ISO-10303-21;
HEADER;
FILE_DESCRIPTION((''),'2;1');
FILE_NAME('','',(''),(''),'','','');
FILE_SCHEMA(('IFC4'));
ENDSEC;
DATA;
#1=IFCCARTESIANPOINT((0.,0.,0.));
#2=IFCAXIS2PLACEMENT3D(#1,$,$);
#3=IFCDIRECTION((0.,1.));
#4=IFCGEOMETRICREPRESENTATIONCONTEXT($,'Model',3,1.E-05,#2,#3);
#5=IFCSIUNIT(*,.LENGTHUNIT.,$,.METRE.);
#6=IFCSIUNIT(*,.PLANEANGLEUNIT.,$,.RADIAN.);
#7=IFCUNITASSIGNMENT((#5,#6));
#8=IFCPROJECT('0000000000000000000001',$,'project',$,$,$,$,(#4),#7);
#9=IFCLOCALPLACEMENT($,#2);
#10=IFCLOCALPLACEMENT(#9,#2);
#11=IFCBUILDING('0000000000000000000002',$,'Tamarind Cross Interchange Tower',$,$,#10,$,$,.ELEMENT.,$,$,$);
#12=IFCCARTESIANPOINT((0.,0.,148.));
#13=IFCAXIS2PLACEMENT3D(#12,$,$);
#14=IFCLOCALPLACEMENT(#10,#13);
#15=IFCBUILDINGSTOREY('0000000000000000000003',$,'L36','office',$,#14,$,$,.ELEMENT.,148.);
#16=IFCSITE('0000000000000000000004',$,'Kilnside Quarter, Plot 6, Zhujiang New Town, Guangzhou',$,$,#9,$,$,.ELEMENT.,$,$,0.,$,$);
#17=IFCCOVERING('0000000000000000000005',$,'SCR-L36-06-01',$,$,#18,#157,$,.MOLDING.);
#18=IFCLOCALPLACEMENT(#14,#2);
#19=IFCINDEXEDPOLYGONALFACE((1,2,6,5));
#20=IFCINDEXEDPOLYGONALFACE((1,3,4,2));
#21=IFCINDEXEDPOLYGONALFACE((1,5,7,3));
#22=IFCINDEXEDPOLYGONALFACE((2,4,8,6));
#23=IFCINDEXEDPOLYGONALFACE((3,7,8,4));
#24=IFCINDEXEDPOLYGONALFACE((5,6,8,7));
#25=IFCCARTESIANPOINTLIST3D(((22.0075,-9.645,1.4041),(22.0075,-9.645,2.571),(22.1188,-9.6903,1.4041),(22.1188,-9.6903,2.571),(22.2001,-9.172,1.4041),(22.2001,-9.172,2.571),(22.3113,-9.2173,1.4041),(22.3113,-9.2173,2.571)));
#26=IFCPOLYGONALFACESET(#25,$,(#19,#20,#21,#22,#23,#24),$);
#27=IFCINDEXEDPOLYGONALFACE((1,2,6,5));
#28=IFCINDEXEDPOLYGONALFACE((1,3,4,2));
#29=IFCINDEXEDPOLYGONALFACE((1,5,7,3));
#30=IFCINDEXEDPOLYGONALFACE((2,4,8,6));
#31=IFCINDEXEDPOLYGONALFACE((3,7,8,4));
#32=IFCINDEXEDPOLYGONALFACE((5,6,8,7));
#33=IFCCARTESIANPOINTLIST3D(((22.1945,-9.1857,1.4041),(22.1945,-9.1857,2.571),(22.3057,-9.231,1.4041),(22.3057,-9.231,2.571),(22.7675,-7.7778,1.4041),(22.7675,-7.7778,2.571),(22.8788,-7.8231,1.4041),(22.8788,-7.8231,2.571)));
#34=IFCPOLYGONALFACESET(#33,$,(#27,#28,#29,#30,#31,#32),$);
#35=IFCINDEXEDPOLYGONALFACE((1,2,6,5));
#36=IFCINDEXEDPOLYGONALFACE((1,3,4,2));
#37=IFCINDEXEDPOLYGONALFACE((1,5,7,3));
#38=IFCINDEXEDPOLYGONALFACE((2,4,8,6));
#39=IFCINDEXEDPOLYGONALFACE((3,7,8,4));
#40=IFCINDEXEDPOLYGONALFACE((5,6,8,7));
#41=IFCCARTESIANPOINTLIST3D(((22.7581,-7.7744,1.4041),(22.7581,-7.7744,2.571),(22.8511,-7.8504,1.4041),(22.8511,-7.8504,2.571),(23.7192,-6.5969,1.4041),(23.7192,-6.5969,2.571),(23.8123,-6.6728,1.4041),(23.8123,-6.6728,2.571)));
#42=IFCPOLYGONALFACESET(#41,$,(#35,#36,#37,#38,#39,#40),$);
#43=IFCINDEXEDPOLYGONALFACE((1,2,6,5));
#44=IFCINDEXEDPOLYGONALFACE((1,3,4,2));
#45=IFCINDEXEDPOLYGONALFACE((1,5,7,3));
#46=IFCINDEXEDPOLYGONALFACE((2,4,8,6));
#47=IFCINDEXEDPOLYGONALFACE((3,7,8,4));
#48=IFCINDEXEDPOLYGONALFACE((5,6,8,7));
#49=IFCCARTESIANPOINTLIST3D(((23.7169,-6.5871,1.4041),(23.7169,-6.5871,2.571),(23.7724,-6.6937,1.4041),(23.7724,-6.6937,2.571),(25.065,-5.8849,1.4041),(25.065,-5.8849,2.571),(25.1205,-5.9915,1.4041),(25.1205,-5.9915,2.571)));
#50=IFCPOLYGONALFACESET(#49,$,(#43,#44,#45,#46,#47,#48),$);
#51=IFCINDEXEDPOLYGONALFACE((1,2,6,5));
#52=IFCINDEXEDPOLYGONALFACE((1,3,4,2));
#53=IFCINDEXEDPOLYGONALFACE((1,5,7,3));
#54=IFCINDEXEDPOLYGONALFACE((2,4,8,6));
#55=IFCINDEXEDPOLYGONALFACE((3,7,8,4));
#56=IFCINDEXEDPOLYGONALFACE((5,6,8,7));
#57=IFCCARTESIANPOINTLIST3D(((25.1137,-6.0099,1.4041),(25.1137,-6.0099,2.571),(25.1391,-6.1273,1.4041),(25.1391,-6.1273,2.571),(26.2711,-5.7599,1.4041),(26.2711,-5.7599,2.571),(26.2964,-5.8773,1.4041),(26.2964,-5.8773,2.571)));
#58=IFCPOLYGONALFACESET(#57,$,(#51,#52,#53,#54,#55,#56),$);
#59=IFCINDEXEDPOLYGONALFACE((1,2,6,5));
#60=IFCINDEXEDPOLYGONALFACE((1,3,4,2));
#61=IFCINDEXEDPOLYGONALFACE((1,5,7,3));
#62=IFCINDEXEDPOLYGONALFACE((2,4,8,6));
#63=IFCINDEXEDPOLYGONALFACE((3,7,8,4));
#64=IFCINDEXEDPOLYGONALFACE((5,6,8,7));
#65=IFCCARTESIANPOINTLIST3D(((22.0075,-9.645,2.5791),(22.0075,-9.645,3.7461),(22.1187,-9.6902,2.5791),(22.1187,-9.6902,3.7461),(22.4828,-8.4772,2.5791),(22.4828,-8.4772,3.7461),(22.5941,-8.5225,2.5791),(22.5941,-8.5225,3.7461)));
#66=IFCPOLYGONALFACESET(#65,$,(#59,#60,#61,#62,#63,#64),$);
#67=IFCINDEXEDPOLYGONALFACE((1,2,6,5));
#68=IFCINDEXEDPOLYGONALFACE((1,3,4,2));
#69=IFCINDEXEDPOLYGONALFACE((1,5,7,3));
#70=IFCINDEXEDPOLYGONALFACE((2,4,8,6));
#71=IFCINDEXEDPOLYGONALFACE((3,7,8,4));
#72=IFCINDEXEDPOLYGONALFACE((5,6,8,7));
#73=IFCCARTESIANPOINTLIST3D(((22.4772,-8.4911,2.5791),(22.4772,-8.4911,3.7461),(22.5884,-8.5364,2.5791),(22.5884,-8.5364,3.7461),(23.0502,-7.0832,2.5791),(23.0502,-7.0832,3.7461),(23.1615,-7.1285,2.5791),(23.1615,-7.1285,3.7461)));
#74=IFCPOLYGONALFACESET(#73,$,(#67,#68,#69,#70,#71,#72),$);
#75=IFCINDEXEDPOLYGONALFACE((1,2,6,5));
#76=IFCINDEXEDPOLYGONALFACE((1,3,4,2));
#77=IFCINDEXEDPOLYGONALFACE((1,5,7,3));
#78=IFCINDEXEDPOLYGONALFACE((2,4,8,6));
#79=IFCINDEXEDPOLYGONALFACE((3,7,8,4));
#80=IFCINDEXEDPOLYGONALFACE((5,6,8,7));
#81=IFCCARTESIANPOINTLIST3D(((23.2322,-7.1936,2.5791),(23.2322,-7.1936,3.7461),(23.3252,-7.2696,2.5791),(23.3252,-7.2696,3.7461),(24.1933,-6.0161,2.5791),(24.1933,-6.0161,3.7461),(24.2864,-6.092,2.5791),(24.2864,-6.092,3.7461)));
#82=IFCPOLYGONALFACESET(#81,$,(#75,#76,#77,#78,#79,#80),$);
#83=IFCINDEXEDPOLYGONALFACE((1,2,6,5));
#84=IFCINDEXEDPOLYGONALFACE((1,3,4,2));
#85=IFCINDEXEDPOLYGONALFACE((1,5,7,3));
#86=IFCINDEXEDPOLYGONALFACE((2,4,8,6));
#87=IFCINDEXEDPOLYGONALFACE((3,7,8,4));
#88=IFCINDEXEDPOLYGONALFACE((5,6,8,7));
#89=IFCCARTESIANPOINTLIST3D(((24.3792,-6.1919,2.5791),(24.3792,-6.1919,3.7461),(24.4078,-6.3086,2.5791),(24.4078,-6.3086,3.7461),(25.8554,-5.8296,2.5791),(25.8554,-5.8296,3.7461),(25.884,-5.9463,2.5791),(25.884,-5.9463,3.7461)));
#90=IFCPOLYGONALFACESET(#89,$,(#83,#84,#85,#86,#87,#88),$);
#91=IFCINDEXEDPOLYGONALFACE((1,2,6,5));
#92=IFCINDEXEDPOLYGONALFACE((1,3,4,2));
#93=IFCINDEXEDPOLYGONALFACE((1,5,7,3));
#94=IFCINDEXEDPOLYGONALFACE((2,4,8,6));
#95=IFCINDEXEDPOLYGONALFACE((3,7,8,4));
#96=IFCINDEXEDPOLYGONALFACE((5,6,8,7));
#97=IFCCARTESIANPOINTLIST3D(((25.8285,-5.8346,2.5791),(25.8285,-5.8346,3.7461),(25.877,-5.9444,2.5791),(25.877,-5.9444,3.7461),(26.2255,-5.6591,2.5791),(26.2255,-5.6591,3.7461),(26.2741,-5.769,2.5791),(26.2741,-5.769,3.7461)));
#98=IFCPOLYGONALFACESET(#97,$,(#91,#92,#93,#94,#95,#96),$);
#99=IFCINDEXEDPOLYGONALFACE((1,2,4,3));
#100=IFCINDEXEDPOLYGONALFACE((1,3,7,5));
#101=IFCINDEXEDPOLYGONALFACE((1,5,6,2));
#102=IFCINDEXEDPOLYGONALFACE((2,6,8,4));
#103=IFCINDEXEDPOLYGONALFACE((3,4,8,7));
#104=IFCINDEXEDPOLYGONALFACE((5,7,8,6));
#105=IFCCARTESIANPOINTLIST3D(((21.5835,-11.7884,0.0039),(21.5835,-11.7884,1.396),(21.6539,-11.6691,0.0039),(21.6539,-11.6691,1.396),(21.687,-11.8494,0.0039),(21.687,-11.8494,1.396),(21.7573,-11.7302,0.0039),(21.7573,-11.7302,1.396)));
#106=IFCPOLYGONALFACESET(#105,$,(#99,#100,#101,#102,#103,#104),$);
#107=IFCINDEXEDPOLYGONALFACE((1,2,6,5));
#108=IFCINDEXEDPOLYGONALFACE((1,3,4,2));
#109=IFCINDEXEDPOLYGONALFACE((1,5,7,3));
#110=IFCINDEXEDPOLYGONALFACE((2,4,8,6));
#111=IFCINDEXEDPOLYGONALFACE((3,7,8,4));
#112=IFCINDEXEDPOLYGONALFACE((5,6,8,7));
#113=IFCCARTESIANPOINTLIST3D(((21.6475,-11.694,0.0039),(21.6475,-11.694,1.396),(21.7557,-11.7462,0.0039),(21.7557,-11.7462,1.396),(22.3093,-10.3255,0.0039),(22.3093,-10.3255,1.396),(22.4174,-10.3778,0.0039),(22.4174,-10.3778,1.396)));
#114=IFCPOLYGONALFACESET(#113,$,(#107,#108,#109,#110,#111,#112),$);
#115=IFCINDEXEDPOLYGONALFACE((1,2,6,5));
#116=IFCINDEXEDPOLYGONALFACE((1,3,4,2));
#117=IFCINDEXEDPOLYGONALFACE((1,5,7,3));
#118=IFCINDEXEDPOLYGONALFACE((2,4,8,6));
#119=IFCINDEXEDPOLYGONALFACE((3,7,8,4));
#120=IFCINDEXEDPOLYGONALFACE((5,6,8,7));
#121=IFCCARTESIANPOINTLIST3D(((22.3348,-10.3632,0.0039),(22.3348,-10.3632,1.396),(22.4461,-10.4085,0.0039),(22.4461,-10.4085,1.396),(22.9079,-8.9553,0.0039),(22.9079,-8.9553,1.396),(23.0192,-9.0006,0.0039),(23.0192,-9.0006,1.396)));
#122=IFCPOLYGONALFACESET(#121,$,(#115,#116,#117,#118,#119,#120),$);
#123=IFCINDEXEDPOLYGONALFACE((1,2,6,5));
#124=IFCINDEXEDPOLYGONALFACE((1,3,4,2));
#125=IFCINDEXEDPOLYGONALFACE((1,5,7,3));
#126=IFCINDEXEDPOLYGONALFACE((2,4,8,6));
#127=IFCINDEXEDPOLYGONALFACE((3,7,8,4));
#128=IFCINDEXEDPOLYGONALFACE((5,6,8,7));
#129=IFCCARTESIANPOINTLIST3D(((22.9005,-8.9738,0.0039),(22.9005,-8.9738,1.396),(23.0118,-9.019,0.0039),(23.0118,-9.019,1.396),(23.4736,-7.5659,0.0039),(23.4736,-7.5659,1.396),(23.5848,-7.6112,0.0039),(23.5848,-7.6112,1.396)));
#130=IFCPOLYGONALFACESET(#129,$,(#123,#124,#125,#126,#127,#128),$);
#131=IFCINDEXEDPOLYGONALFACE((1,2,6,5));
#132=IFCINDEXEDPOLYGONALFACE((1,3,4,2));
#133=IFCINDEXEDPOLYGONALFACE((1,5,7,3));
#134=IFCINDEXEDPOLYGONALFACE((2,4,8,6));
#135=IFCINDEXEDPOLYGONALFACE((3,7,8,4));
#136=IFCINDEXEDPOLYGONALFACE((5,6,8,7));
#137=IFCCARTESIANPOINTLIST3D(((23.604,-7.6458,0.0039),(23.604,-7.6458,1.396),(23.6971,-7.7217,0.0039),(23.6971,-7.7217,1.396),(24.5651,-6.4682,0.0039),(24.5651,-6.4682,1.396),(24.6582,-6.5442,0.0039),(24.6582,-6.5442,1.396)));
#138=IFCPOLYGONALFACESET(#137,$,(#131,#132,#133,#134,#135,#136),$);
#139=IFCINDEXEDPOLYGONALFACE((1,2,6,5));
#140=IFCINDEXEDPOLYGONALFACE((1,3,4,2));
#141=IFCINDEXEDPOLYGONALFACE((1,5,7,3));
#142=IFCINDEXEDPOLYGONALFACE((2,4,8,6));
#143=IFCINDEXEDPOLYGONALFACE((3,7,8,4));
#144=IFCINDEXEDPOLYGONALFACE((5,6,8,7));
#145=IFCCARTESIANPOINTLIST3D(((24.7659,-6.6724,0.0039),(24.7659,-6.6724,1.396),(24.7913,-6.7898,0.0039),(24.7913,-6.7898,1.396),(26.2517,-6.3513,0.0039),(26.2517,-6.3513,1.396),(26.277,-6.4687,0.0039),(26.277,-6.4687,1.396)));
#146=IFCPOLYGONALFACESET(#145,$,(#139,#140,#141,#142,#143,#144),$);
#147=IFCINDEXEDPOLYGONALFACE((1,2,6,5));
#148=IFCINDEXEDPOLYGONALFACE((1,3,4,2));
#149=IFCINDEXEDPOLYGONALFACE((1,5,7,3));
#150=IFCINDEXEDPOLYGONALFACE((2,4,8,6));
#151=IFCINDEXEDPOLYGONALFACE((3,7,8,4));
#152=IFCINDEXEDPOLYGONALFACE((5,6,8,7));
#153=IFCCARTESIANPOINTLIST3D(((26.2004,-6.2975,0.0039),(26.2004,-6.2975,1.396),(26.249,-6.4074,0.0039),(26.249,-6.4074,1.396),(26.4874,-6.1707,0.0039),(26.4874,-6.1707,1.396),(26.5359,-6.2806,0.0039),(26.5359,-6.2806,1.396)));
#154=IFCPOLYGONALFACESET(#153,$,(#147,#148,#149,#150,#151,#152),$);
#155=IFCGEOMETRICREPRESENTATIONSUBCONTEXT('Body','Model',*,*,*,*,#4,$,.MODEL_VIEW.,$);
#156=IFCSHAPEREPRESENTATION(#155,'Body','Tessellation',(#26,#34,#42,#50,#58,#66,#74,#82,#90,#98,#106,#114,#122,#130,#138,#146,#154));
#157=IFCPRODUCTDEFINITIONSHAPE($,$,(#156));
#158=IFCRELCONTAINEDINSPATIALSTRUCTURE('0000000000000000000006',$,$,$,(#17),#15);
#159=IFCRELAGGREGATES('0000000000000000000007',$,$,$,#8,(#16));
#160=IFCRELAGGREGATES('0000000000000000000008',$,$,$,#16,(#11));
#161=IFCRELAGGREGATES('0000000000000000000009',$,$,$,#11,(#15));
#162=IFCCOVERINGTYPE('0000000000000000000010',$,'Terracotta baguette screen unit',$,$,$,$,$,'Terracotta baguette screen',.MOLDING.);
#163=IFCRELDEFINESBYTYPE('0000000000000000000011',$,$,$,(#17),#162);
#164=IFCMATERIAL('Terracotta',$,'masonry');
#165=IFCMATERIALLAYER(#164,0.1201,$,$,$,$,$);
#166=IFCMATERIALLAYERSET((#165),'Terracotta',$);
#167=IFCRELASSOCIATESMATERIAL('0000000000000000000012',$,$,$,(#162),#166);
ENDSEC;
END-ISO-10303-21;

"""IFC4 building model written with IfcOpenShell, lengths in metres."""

from ifc_helpers import new_model, si_unit, direction, frame, origin, origin_2d, place, context, subcontext, project, spatial, rectangle, extrude, material, layer, layer_set, type_object, element, save


model = new_model("IFC4")

# Units and contexts
model_context = context("Model", 3, precision=1e-05, world=origin(), true_north=direction((0.0, 1.0)))
body_context = subcontext(model_context, "Body", "Model", "MODEL_VIEW")
ifc_project = project(units=[si_unit("LENGTHUNIT", "METRE"), si_unit("PLANEANGLEUNIT", "RADIAN")], contexts=[model_context])

# Site, building, storey
site_placement = place(None, origin())
site = spatial("IfcSite", under=ifc_project, at=site_placement, Name="Kilnside Quarter, Plot 6, Zhujiang New Town, Guangzhou", CompositionType="ELEMENT", RefElevation=0.0)
building_placement = place(site_placement, origin())
building = spatial("IfcBuilding", under=site, at=building_placement, Name="Tamarind Cross Interchange Tower", CompositionType="ELEMENT")
storey_placement = place(building_placement, frame((0.0, 0.0, 148.0)))
storey = spatial("IfcBuildingStorey", under=building, at=storey_placement, Name="L36", Description="office", CompositionType="ELEMENT", Elevation=148.0)

# Covering
ifc_material_1 = material(Name="Terracotta", Category="masonry")
ifc_layer_1 = layer(ifc_material_1, 0.1201)
ifc_layer_set_1 = layer_set([ifc_layer_1], Name="Terracotta")
covering_type = type_object("IfcCoveringType", Name="Terracotta baguette screen unit", ElementType="Terracotta baguette screen", PredefinedType="MOLDING", material=ifc_layer_set_1)
covering_1_placement = place(storey_placement, origin())
element("IfcCovering", 1, at=covering_1_placement, inside=storey, type_object=covering_type, Name="SCR-L36-06-01", PredefinedType="MOLDING", context=body_context, shape_type="SweptSolid", body=[
    extrude(rectangle(XDim=0.5107, YDim=0.1201, at=origin_2d()), frame((22.1594, -9.4312, 1.4041), z_axis=(0.0, 0.0, 1.0), x_axis=(0.377016, 0.926207, 0.0)), (0.0, 0.0, 1.0), 1.167),
    extrude(rectangle(XDim=1.52, YDim=0.1201, at=origin_2d()), frame((22.5366, -8.5044, 1.4041), z_axis=(0.0, 0.0, 1.0), x_axis=(0.377016, 0.926207, 0.0)), (0.0, 0.0, 1.0), 1.167),
    extrude(rectangle(XDim=1.52, YDim=0.1201, at=origin_2d()), frame((23.2852, -7.2236, 1.4041), z_axis=(0.0, 0.0, 1.0), x_axis=(0.632316, 0.77471, 0.0)), (0.0, 0.0, 1.0), 1.167),
    extrude(rectangle(XDim=1.52, YDim=0.1201, at=origin_2d()), frame((24.4187, -6.2893, 1.4041), z_axis=(0.0, 0.0, 1.0), x_axis=(0.886897, 0.461967, 0.0)), (0.0, 0.0, 1.0), 1.167),
    extrude(rectangle(XDim=1.1841, YDim=0.1201, at=origin_2d()), frame((25.7051, -5.9436, 1.4041), z_axis=(0.0, 0.0, 1.0), x_axis=(0.977442, 0.211203, 0.0)), (0.0, 0.0, 1.0), 1.167),
    extrude(rectangle(XDim=1.2607, YDim=0.1201, at=origin_2d()), frame((22.3008, -9.0837, 2.5791), z_axis=(0.0, 0.0, 1.0), x_axis=(0.377016, 0.926207, 0.0)), (0.0, 0.0, 1.0), 1.167),
    extrude(rectangle(XDim=1.52, YDim=0.1201, at=origin_2d()), frame((22.8193, -7.8098, 2.5791), z_axis=(0.0, 0.0, 1.0), x_axis=(0.377016, 0.926207, 0.0)), (0.0, 0.0, 1.0), 1.167),
    extrude(rectangle(XDim=1.52, YDim=0.1201, at=origin_2d()), frame((23.7593, -6.6428, 2.5791), z_axis=(0.0, 0.0, 1.0), x_axis=(0.632316, 0.77471, 0.0)), (0.0, 0.0, 1.0), 1.167),
    extrude(rectangle(XDim=1.52, YDim=0.1201, at=origin_2d()), frame((25.1316, -6.0691, 2.5791), z_axis=(0.0, 0.0, 1.0), x_axis=(0.971173, 0.238376, 0.0)), (0.0, 0.0, 1.0), 1.167),
    extrude(rectangle(XDim=0.4341, YDim=0.1201, at=origin_2d()), frame((26.0513, -5.8018, 2.5791), z_axis=(0.0, 0.0, 1.0), x_axis=(0.914649, 0.404248, 0.0)), (0.0, 0.0, 1.0), 1.167),
    extrude(rectangle(XDim=0.1384, YDim=0.1201, at=origin_2d()), frame((21.6704, -11.7593, 0.0039), z_axis=(0.0, 0.0, 1.0), x_axis=(0.508183, 0.861249, 0.0)), (0.0, 0.0, 1.0), 1.3921),
    extrude(rectangle(XDim=1.52, YDim=0.1201, at=origin_2d()), frame((22.0325, -11.0359, 0.0039), z_axis=(0.0, 0.0, 1.0), x_axis=(0.435326, 0.900273, 0.0)), (0.0, 0.0, 1.0), 1.3921),
    extrude(rectangle(XDim=1.52, YDim=0.1201, at=origin_2d()), frame((22.677, -9.6819, 0.0039), z_axis=(0.0, 0.0, 1.0), x_axis=(0.377016, 0.926207, 0.0)), (0.0, 0.0, 1.0), 1.3921),
    extrude(rectangle(XDim=1.52, YDim=0.1201, at=origin_2d()), frame((23.2427, -8.2925, 0.0039), z_axis=(0.0, 0.0, 1.0), x_axis=(0.377016, 0.926207, 0.0)), (0.0, 0.0, 1.0), 1.3921),
    extrude(rectangle(XDim=1.52, YDim=0.1201, at=origin_2d()), frame((24.1311, -7.095, 0.0039), z_axis=(0.0, 0.0, 1.0), x_axis=(0.632316, 0.77471, 0.0)), (0.0, 0.0, 1.0), 1.3921),
    extrude(rectangle(XDim=1.52, YDim=0.1201, at=origin_2d()), frame((25.5215, -6.5706, 0.0039), z_axis=(0.0, 0.0, 1.0), x_axis=(0.977442, 0.211203, 0.0)), (0.0, 0.0, 1.0), 1.3921),
    extrude(rectangle(XDim=0.3137, YDim=0.1201, at=origin_2d()), frame((26.3682, -6.2891, 0.0039), z_axis=(0.0, 0.0, 1.0), x_axis=(0.914649, 0.404248, 0.0)), (0.0, 0.0, 1.0), 1.3921),
])

save(model, "model.ifc")
